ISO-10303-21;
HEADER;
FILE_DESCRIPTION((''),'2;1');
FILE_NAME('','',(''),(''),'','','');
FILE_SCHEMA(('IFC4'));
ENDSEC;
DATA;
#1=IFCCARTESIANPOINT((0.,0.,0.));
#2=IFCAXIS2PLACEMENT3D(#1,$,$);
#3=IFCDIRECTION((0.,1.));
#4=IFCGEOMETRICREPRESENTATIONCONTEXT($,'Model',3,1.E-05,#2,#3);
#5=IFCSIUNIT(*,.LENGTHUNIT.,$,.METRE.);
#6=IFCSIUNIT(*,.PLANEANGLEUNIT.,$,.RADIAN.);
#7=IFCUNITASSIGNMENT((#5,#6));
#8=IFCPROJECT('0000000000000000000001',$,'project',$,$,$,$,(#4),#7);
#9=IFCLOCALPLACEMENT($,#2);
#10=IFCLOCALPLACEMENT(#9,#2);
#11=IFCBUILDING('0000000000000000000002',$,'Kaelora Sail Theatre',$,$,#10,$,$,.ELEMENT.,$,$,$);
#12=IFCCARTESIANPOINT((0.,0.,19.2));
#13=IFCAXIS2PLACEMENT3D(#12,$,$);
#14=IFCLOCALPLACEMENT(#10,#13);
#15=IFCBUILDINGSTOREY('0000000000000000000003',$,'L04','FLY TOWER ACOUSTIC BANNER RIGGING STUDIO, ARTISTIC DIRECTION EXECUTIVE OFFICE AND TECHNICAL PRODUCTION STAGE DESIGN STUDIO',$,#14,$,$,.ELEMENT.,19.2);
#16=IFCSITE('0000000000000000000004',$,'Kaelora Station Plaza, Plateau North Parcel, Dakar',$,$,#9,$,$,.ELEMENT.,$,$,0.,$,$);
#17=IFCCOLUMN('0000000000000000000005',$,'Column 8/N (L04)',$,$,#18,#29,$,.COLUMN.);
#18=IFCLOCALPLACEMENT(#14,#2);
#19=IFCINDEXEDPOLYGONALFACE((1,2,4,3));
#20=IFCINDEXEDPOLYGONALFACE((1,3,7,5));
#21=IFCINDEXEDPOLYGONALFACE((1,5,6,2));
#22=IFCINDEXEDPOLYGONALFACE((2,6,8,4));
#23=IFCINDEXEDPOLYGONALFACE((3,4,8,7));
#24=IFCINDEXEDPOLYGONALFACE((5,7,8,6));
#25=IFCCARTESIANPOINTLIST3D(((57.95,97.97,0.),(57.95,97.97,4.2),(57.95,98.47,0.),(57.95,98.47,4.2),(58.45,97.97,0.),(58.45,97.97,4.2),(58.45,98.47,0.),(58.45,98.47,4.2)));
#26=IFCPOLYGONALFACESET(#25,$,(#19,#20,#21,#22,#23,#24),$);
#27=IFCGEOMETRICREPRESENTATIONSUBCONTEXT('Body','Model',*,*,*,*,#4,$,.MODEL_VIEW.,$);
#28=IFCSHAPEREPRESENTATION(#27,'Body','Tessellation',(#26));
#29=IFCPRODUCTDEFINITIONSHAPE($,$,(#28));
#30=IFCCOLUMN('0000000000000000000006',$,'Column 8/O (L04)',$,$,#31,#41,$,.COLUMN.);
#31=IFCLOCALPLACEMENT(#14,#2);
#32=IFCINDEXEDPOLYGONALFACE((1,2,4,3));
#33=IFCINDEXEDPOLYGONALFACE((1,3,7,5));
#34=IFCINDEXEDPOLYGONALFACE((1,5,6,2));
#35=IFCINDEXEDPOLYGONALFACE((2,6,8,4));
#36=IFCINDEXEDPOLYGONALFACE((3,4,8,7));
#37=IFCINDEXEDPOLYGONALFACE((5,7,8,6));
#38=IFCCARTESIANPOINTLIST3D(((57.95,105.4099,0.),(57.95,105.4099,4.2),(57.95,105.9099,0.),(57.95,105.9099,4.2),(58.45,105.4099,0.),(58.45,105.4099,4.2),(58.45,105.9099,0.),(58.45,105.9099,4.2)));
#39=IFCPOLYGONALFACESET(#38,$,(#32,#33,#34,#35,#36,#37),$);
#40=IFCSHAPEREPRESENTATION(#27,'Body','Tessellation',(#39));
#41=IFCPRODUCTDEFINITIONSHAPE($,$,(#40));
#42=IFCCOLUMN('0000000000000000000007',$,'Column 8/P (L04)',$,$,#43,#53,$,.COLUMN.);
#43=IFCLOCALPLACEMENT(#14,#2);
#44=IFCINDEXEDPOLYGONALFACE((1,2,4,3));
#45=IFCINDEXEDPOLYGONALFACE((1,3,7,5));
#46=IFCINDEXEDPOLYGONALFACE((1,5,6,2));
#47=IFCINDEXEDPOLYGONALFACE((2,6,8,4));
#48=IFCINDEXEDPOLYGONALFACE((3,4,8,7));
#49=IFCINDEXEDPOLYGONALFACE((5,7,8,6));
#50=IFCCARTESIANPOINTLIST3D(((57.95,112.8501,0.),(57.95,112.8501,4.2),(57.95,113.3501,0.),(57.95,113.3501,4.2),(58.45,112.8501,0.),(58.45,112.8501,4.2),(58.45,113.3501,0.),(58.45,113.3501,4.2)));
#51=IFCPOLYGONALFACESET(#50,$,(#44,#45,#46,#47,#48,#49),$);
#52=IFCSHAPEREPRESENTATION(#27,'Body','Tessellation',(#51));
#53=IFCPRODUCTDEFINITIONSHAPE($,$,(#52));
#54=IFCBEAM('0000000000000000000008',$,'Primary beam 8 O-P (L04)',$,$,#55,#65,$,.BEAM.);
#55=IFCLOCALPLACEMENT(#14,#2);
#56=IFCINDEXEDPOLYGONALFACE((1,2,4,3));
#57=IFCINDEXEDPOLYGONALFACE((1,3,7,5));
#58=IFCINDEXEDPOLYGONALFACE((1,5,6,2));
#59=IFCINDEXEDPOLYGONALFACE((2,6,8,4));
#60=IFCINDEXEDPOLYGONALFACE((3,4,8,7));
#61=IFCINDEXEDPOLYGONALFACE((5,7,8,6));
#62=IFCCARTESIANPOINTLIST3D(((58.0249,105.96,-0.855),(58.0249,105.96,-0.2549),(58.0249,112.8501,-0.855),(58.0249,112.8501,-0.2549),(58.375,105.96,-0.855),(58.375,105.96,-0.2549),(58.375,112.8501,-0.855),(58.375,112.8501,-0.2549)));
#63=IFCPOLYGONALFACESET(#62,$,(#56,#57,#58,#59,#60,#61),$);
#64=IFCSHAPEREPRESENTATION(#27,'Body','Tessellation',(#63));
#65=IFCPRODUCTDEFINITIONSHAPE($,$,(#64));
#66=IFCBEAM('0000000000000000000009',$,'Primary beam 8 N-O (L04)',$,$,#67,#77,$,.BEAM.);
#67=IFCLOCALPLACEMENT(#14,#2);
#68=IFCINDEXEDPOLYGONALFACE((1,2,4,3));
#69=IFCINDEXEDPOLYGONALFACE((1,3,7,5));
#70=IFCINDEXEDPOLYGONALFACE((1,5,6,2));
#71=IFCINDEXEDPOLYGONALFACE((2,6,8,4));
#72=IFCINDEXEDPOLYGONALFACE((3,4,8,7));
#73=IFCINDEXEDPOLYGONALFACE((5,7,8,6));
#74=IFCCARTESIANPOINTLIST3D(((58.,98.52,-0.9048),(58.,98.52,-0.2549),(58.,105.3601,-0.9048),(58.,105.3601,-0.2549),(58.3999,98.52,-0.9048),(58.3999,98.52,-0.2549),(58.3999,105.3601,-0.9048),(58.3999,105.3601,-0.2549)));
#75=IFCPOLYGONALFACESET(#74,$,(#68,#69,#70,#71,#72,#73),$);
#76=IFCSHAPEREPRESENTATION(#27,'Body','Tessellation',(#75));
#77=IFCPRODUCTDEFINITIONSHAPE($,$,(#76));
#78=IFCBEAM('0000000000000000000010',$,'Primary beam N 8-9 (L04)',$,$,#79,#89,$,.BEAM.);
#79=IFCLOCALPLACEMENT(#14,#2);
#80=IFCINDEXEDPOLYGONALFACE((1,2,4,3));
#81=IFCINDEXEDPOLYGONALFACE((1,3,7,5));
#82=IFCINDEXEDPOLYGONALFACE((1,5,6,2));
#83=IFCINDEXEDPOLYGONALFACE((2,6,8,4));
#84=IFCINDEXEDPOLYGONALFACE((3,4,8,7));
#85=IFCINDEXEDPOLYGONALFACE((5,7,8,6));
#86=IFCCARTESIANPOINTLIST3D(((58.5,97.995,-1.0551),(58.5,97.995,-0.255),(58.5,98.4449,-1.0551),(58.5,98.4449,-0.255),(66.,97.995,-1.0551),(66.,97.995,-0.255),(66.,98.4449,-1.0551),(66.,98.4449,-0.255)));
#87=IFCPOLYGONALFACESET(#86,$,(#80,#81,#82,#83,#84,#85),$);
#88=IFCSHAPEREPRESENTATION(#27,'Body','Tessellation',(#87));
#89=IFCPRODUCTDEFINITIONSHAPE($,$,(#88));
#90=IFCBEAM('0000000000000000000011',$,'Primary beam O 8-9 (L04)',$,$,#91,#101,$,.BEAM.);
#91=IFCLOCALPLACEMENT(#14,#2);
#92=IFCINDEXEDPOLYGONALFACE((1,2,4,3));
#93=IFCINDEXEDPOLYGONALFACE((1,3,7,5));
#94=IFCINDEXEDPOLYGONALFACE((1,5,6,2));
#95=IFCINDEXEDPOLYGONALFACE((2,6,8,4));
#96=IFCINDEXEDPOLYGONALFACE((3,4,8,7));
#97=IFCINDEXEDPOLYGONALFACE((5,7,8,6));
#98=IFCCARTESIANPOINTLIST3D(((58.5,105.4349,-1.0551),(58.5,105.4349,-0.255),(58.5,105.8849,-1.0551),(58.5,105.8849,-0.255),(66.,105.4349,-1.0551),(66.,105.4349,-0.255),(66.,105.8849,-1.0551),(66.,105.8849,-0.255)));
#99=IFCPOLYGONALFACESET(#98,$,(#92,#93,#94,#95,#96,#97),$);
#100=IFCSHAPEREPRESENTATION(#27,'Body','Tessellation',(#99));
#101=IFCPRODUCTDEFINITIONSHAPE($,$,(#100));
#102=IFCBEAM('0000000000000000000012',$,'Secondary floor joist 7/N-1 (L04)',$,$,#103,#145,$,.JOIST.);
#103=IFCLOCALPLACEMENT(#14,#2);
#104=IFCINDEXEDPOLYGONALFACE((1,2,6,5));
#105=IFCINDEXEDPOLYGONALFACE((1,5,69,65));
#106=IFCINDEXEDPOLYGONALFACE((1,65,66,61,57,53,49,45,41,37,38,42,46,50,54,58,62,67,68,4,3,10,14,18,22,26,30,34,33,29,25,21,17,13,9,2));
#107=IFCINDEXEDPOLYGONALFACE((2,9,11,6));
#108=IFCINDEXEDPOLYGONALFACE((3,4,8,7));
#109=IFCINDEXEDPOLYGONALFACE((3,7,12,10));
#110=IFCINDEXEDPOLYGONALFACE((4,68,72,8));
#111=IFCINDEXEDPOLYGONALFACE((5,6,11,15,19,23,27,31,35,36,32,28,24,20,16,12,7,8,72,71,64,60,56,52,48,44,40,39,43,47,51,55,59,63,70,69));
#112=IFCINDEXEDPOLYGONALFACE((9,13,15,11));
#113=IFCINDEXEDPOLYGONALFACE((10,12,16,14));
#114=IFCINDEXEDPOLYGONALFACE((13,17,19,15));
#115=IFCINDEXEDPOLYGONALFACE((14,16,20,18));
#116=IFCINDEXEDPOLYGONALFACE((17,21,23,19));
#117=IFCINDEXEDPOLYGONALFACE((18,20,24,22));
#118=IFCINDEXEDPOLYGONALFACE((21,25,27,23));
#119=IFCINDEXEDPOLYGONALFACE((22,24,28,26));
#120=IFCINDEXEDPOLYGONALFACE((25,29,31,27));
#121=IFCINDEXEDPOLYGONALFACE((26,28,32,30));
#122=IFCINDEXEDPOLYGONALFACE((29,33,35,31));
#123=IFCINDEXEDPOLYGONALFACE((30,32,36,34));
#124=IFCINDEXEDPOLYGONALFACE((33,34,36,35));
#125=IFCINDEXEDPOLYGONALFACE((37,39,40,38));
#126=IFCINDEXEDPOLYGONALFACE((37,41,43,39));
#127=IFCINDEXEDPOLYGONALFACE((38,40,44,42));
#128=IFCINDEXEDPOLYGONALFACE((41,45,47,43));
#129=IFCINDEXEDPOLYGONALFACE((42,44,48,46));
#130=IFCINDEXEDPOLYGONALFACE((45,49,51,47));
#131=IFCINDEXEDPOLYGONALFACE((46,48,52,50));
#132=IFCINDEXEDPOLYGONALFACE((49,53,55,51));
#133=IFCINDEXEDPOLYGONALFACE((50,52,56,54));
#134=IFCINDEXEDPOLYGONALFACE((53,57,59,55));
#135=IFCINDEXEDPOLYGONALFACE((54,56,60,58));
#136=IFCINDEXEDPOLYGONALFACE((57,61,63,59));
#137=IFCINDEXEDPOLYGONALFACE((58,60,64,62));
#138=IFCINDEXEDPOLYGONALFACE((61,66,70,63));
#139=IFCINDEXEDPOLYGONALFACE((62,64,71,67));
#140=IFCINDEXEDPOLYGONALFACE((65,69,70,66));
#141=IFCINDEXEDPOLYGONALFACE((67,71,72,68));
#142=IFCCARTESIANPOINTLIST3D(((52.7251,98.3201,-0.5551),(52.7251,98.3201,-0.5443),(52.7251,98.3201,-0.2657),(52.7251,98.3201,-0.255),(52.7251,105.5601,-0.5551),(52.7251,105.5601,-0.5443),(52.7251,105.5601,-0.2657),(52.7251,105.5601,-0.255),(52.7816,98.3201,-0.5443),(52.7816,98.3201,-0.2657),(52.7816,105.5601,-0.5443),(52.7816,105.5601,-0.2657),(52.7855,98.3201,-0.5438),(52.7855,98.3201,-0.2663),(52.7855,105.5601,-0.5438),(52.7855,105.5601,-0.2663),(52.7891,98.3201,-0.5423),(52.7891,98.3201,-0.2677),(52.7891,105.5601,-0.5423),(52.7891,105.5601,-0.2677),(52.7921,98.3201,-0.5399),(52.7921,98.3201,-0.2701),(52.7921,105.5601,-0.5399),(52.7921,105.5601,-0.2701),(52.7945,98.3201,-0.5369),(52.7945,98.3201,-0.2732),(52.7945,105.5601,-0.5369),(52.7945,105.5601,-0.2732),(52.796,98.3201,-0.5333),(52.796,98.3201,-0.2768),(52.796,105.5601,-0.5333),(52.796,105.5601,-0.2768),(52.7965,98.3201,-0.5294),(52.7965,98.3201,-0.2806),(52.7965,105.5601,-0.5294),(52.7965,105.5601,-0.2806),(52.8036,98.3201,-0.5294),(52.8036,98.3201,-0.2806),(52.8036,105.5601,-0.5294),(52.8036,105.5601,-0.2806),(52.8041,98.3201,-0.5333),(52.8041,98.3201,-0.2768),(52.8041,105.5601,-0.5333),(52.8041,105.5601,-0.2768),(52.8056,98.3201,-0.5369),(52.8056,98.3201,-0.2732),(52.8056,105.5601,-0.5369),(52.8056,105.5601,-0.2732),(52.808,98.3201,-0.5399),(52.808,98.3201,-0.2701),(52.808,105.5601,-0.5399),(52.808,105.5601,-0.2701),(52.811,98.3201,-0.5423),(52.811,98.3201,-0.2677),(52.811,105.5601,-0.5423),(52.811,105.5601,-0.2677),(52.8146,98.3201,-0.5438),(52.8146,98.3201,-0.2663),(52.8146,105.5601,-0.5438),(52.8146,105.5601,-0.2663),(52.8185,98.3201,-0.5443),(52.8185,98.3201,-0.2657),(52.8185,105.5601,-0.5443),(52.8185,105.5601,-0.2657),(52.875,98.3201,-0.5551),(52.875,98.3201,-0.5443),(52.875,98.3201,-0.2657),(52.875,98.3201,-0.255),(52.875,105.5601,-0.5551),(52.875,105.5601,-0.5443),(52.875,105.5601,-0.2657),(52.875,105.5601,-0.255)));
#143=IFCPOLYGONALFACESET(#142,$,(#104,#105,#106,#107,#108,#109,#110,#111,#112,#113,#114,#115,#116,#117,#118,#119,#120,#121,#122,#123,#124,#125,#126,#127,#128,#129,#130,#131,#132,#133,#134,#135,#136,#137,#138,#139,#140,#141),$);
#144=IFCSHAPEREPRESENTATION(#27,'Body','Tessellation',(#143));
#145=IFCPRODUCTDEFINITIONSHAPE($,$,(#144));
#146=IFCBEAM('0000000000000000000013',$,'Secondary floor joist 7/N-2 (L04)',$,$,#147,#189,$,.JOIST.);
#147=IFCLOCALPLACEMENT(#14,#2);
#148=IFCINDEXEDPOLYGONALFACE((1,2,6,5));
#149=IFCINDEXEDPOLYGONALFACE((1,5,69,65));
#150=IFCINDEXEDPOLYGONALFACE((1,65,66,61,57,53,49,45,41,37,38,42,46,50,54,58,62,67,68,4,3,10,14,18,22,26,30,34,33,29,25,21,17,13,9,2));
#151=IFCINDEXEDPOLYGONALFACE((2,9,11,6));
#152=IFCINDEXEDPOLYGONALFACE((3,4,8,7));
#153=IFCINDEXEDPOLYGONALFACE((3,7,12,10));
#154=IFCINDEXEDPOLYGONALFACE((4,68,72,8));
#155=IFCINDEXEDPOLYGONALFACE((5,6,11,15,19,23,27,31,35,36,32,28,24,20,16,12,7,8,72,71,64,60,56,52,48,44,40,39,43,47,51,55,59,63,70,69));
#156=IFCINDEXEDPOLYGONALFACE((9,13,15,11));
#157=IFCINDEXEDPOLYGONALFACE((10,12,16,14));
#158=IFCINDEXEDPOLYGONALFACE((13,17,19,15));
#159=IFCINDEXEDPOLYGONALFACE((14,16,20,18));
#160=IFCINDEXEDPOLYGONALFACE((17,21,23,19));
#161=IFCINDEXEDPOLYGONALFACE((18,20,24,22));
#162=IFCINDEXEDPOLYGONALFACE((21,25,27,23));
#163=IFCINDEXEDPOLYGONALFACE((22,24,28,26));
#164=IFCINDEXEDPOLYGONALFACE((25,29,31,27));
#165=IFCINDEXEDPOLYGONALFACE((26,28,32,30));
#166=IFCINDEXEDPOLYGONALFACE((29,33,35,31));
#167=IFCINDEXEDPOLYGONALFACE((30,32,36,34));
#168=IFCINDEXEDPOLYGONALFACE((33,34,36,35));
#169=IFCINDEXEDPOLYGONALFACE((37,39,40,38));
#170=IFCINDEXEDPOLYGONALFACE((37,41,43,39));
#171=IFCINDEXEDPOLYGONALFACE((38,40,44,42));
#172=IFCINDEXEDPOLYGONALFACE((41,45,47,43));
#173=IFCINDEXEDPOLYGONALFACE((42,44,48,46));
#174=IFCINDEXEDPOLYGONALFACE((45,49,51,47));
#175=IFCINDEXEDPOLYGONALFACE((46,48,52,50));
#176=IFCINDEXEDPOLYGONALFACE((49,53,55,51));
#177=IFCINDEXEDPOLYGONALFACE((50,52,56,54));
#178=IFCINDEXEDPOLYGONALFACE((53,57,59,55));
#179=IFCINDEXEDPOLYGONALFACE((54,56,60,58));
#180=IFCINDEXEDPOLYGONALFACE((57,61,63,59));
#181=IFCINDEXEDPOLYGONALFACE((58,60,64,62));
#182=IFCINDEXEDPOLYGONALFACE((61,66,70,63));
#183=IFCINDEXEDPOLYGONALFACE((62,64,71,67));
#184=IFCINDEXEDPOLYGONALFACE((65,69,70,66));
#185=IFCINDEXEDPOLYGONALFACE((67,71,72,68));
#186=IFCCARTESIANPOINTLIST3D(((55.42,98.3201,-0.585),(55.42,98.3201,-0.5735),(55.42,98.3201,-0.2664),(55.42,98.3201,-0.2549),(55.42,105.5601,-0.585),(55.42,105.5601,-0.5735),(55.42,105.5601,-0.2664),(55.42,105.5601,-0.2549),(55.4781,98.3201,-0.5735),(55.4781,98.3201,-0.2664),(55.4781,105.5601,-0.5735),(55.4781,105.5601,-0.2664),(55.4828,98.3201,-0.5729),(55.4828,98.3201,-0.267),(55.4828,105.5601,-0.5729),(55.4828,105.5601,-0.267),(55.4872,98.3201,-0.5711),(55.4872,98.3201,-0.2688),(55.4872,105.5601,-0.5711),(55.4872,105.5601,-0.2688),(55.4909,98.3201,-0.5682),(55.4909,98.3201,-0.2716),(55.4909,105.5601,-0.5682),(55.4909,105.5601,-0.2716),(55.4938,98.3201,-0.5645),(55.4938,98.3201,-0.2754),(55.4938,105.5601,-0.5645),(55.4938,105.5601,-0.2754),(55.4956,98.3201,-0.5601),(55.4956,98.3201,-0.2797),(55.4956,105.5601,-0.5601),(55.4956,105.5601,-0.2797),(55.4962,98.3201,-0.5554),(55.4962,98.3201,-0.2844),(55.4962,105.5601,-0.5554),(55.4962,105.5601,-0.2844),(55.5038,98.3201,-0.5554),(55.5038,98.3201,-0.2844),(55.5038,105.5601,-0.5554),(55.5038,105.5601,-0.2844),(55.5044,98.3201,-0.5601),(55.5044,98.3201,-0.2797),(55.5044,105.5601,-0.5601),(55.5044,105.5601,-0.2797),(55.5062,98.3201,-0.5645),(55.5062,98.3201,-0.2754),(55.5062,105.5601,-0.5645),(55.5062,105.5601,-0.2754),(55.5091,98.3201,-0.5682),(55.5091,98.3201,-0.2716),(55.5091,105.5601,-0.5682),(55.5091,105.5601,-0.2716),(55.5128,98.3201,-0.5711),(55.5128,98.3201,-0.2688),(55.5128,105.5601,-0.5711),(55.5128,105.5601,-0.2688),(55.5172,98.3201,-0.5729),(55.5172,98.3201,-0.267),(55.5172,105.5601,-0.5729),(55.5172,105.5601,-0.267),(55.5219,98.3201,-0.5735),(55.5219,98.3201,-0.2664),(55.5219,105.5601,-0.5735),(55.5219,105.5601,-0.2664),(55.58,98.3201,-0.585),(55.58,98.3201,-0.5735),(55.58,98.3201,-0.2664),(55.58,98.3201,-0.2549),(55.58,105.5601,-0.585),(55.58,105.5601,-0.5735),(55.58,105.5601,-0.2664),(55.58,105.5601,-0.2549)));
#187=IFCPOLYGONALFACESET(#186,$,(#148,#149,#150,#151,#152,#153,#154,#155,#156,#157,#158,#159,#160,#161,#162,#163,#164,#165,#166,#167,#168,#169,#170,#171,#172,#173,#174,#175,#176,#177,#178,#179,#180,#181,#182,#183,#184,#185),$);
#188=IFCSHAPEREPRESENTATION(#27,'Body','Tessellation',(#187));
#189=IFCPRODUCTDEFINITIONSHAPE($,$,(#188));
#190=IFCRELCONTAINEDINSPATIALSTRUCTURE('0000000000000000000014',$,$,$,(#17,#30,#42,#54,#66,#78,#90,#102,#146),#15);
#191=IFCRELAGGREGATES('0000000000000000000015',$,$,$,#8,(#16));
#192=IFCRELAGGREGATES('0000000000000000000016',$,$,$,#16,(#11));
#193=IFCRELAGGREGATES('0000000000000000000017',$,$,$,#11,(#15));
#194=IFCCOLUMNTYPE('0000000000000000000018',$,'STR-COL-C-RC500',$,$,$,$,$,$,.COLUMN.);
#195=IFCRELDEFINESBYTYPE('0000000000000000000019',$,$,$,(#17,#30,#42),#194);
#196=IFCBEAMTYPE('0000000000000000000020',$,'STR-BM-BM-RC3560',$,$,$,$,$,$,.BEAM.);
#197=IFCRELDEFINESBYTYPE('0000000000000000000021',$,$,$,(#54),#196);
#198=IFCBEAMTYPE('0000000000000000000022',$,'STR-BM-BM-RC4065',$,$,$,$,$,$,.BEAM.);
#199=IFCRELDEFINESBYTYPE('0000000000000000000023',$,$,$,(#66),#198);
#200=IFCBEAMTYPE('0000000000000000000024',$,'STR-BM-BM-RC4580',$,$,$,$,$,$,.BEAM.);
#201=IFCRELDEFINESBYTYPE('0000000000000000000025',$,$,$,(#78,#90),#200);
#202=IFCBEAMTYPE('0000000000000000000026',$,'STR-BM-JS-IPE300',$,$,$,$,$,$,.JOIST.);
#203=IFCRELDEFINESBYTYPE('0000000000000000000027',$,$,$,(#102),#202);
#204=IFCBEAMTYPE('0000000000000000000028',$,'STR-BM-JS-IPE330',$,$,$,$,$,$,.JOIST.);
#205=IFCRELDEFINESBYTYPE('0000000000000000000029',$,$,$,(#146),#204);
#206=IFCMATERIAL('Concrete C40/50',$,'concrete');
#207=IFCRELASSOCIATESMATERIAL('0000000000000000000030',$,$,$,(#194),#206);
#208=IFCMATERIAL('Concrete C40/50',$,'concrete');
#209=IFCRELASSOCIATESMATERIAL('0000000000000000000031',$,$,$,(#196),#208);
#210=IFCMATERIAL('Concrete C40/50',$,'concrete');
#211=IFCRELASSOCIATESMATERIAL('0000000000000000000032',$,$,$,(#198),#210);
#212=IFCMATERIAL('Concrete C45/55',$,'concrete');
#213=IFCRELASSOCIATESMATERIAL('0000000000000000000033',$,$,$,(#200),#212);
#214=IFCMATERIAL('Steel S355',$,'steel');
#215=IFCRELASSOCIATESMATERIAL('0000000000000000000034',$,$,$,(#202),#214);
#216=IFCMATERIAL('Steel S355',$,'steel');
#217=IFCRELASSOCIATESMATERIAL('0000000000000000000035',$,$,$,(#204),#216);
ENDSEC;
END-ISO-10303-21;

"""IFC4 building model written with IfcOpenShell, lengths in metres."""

from ifc_helpers import new_model, si_unit, direction, frame, origin, origin_2d, place, context, subcontext, project, spatial, rectangle, i_section, extrude, material, material_profile, profile_set, type_object, element, save


model = new_model("IFC4")

# Units and contexts
model_context = context("Model", 3, precision=1e-05, world=origin(), true_north=direction((0.0, 1.0)))
body_context = subcontext(model_context, "Body", "Model", "MODEL_VIEW")
ifc_project = project(units=[si_unit("LENGTHUNIT", "METRE"), si_unit("PLANEANGLEUNIT", "RADIAN")], contexts=[model_context])

# Site, building, storey
site_placement = place(None, origin())
site = spatial("IfcSite", under=ifc_project, at=site_placement, Name="Kaelora Station Plaza, Plateau North Parcel, Dakar", CompositionType="ELEMENT", RefElevation=0.0)
building_placement = place(site_placement, origin())
building = spatial("IfcBuilding", under=site, at=building_placement, Name="Kaelora Sail Theatre", CompositionType="ELEMENT")
storey_placement = place(building_placement, frame((0.0, 0.0, 19.2)))
storey = spatial("IfcBuildingStorey", under=building, at=storey_placement, Name="L04", Description="FLY TOWER ACOUSTIC BANNER RIGGING STUDIO, ARTISTIC DIRECTION EXECUTIVE OFFICE AND TECHNICAL PRODUCTION STAGE DESIGN STUDIO", CompositionType="ELEMENT", Elevation=19.2)

# Columns
ifc_material_1 = material(Name="Concrete C40/50", Category="concrete")
ifc_material_profile_1 = material_profile(ifc_material_1, rectangle(XDim=0.5, YDim=0.5, at=origin_2d()), Name="RC-COL 500x500")
ifc_profile_set_1 = profile_set([ifc_material_profile_1], Name="Concrete C40/50")
column_type = type_object("IfcColumnType", Name="STR-COL-C-RC500", PredefinedType="COLUMN", material=ifc_profile_set_1)
for number, where, z_axis, x_axis, name in (
    (1, (58.2, 98.22, 0.0), (0.0, 0.0, 1.0), (1.0, 0.0, 0.0), "Column 8/N (L04)"),
    (2, (58.2, 105.6599, 0.0), (0.0, 0.0, 1.0), (1.0, 0.0, 0.0), "Column 8/O (L04)"),
    (3, (58.2, 113.1001, 0.0), (0.0, 0.0, 1.0), (1.0, 0.0, 0.0), "Column 8/P (L04)"),
):
    element("IfcColumn", number, at=place(storey_placement, frame(where, z_axis=z_axis, x_axis=x_axis)), inside=storey, type_object=column_type, Name=name, PredefinedType="COLUMN", context=body_context, shape_type="SweptSolid", body=[
        extrude(rectangle(XDim=0.5, YDim=0.5, at=origin_2d()), origin(), (0.0, 0.0, 1.0), 4.2),
    ])

# Beams
ifc_material_2 = material(Name="Concrete C40/50", Category="concrete")
ifc_material_profile_2 = material_profile(ifc_material_2, rectangle(XDim=0.3501, YDim=0.6001, at=origin_2d()), Name="RC-BM 350x600")
ifc_profile_set_2 = profile_set([ifc_material_profile_2], Name="Concrete C40/50")
beam_type_1 = type_object("IfcBeamType", Name="STR-BM-BM-RC3560", PredefinedType="BEAM", material=ifc_profile_set_2)
beam_1_placement = place(storey_placement, frame((58.2, 105.96, -0.5549), z_axis=(0.0, 1.0, 0.0), x_axis=(-1.0, 0.0, 0.0)))
element("IfcBeam", 4, at=beam_1_placement, inside=storey, type_object=beam_type_1, Name="Primary beam 8 O-P (L04)", PredefinedType="BEAM", context=body_context, shape_type="SweptSolid", body=[
    extrude(rectangle(XDim=0.3501, YDim=0.6001, at=origin_2d()), origin(), (0.0, 0.0, 1.0), 6.8901),
])
ifc_material_3 = material(Name="Concrete C40/50", Category="concrete")
ifc_material_profile_3 = material_profile(ifc_material_3, rectangle(XDim=0.3999, YDim=0.6499, at=origin_2d()), Name="RC-BM 400x650")
ifc_profile_set_3 = profile_set([ifc_material_profile_3], Name="Concrete C40/50")
beam_type_2 = type_object("IfcBeamType", Name="STR-BM-BM-RC4065", PredefinedType="BEAM", material=ifc_profile_set_3)
beam_2_placement = place(storey_placement, frame((58.2, 98.52, -0.5798), z_axis=(0.0, 1.0, 0.0), x_axis=(-1.0, 0.0, 0.0)))
element("IfcBeam", 5, at=beam_2_placement, inside=storey, type_object=beam_type_2, Name="Primary beam 8 N-O (L04)", PredefinedType="BEAM", context=body_context, shape_type="SweptSolid", body=[
    extrude(rectangle(XDim=0.3999, YDim=0.6499, at=origin_2d()), origin(), (0.0, 0.0, 1.0), 6.8401),
])
ifc_material_4 = material(Name="Concrete C45/55", Category="concrete")
ifc_material_profile_4 = material_profile(ifc_material_4, rectangle(XDim=0.45, YDim=0.8, at=origin_2d()), Name="RC-BM 450x800")
ifc_profile_set_4 = profile_set([ifc_material_profile_4], Name="Concrete C45/55")
beam_type_3 = type_object("IfcBeamType", Name="STR-BM-BM-RC4580", PredefinedType="BEAM", material=ifc_profile_set_4)
for number, where, z_axis, x_axis, name in (
    (6, (58.5, 98.22, -0.655), (1.0, 0.0, 0.0), (0.0, 1.0, 0.0), "Primary beam N 8-9 (L04)"),
    (7, (58.5, 105.6599, -0.655), (1.0, 0.0, 0.0), (0.0, 1.0, 0.0), "Primary beam O 8-9 (L04)"),
):
    element("IfcBeam", number, at=place(storey_placement, frame(where, z_axis=z_axis, x_axis=x_axis)), inside=storey, type_object=beam_type_3, Name=name, PredefinedType="BEAM", context=body_context, shape_type="SweptSolid", body=[
        extrude(rectangle(XDim=0.45, YDim=0.8, at=origin_2d()), origin(), (0.0, 0.0, 1.0), 7.5),
    ])
ifc_material_5 = material(Name="Steel S355", Category="steel")
ifc_material_profile_5 = material_profile(ifc_material_5, i_section(OverallWidth=0.1499, OverallDepth=0.3, WebThickness=0.0071, FlangeThickness=0.0107, FilletRadius=0.0149, at=origin_2d()), Name="IPE 300")
ifc_profile_set_5 = profile_set([ifc_material_profile_5], Name="Steel S355")
beam_type_4 = type_object("IfcBeamType", Name="STR-BM-JS-IPE300", PredefinedType="JOIST", material=ifc_profile_set_5)
beam_3_placement = place(storey_placement, frame((52.8, 98.3201, -0.405), z_axis=(0.0, 1.0, 0.0), x_axis=(-1.0, 0.0, 0.0)))
element("IfcBeam", 8, at=beam_3_placement, inside=storey, type_object=beam_type_4, Name="Secondary floor joist 7/N-1 (L04)", PredefinedType="JOIST", context=body_context, shape_type="SweptSolid", body=[
    extrude(i_section(OverallWidth=0.1499, OverallDepth=0.3, WebThickness=0.0071, FlangeThickness=0.0107, FilletRadius=0.0149, at=origin_2d()), origin(), (0.0, 0.0, 1.0), 7.24),
])
ifc_material_6 = material(Name="Steel S355", Category="steel")
ifc_material_profile_6 = material_profile(ifc_material_6, i_section(OverallWidth=0.1599, OverallDepth=0.3301, WebThickness=0.0076, FlangeThickness=0.0115, FilletRadius=0.0181, at=origin_2d()), Name="IPE 330")
ifc_profile_set_6 = profile_set([ifc_material_profile_6], Name="Steel S355")
beam_type_5 = type_object("IfcBeamType", Name="STR-BM-JS-IPE330", PredefinedType="JOIST", material=ifc_profile_set_6)
beam_4_placement = place(storey_placement, frame((55.5, 98.3201, -0.4199), z_axis=(0.0, 1.0, 0.0), x_axis=(-1.0, 0.0, 0.0)))
element("IfcBeam", 9, at=beam_4_placement, inside=storey, type_object=beam_type_5, Name="Secondary floor joist 7/N-2 (L04)", PredefinedType="JOIST", context=body_context, shape_type="SweptSolid", body=[
    extrude(i_section(OverallWidth=0.1599, OverallDepth=0.3301, WebThickness=0.0076, FlangeThickness=0.0115, FilletRadius=0.0181, at=origin_2d()), origin(), (0.0, 0.0, 1.0), 7.24),
])

save(model, "model.ifc")
